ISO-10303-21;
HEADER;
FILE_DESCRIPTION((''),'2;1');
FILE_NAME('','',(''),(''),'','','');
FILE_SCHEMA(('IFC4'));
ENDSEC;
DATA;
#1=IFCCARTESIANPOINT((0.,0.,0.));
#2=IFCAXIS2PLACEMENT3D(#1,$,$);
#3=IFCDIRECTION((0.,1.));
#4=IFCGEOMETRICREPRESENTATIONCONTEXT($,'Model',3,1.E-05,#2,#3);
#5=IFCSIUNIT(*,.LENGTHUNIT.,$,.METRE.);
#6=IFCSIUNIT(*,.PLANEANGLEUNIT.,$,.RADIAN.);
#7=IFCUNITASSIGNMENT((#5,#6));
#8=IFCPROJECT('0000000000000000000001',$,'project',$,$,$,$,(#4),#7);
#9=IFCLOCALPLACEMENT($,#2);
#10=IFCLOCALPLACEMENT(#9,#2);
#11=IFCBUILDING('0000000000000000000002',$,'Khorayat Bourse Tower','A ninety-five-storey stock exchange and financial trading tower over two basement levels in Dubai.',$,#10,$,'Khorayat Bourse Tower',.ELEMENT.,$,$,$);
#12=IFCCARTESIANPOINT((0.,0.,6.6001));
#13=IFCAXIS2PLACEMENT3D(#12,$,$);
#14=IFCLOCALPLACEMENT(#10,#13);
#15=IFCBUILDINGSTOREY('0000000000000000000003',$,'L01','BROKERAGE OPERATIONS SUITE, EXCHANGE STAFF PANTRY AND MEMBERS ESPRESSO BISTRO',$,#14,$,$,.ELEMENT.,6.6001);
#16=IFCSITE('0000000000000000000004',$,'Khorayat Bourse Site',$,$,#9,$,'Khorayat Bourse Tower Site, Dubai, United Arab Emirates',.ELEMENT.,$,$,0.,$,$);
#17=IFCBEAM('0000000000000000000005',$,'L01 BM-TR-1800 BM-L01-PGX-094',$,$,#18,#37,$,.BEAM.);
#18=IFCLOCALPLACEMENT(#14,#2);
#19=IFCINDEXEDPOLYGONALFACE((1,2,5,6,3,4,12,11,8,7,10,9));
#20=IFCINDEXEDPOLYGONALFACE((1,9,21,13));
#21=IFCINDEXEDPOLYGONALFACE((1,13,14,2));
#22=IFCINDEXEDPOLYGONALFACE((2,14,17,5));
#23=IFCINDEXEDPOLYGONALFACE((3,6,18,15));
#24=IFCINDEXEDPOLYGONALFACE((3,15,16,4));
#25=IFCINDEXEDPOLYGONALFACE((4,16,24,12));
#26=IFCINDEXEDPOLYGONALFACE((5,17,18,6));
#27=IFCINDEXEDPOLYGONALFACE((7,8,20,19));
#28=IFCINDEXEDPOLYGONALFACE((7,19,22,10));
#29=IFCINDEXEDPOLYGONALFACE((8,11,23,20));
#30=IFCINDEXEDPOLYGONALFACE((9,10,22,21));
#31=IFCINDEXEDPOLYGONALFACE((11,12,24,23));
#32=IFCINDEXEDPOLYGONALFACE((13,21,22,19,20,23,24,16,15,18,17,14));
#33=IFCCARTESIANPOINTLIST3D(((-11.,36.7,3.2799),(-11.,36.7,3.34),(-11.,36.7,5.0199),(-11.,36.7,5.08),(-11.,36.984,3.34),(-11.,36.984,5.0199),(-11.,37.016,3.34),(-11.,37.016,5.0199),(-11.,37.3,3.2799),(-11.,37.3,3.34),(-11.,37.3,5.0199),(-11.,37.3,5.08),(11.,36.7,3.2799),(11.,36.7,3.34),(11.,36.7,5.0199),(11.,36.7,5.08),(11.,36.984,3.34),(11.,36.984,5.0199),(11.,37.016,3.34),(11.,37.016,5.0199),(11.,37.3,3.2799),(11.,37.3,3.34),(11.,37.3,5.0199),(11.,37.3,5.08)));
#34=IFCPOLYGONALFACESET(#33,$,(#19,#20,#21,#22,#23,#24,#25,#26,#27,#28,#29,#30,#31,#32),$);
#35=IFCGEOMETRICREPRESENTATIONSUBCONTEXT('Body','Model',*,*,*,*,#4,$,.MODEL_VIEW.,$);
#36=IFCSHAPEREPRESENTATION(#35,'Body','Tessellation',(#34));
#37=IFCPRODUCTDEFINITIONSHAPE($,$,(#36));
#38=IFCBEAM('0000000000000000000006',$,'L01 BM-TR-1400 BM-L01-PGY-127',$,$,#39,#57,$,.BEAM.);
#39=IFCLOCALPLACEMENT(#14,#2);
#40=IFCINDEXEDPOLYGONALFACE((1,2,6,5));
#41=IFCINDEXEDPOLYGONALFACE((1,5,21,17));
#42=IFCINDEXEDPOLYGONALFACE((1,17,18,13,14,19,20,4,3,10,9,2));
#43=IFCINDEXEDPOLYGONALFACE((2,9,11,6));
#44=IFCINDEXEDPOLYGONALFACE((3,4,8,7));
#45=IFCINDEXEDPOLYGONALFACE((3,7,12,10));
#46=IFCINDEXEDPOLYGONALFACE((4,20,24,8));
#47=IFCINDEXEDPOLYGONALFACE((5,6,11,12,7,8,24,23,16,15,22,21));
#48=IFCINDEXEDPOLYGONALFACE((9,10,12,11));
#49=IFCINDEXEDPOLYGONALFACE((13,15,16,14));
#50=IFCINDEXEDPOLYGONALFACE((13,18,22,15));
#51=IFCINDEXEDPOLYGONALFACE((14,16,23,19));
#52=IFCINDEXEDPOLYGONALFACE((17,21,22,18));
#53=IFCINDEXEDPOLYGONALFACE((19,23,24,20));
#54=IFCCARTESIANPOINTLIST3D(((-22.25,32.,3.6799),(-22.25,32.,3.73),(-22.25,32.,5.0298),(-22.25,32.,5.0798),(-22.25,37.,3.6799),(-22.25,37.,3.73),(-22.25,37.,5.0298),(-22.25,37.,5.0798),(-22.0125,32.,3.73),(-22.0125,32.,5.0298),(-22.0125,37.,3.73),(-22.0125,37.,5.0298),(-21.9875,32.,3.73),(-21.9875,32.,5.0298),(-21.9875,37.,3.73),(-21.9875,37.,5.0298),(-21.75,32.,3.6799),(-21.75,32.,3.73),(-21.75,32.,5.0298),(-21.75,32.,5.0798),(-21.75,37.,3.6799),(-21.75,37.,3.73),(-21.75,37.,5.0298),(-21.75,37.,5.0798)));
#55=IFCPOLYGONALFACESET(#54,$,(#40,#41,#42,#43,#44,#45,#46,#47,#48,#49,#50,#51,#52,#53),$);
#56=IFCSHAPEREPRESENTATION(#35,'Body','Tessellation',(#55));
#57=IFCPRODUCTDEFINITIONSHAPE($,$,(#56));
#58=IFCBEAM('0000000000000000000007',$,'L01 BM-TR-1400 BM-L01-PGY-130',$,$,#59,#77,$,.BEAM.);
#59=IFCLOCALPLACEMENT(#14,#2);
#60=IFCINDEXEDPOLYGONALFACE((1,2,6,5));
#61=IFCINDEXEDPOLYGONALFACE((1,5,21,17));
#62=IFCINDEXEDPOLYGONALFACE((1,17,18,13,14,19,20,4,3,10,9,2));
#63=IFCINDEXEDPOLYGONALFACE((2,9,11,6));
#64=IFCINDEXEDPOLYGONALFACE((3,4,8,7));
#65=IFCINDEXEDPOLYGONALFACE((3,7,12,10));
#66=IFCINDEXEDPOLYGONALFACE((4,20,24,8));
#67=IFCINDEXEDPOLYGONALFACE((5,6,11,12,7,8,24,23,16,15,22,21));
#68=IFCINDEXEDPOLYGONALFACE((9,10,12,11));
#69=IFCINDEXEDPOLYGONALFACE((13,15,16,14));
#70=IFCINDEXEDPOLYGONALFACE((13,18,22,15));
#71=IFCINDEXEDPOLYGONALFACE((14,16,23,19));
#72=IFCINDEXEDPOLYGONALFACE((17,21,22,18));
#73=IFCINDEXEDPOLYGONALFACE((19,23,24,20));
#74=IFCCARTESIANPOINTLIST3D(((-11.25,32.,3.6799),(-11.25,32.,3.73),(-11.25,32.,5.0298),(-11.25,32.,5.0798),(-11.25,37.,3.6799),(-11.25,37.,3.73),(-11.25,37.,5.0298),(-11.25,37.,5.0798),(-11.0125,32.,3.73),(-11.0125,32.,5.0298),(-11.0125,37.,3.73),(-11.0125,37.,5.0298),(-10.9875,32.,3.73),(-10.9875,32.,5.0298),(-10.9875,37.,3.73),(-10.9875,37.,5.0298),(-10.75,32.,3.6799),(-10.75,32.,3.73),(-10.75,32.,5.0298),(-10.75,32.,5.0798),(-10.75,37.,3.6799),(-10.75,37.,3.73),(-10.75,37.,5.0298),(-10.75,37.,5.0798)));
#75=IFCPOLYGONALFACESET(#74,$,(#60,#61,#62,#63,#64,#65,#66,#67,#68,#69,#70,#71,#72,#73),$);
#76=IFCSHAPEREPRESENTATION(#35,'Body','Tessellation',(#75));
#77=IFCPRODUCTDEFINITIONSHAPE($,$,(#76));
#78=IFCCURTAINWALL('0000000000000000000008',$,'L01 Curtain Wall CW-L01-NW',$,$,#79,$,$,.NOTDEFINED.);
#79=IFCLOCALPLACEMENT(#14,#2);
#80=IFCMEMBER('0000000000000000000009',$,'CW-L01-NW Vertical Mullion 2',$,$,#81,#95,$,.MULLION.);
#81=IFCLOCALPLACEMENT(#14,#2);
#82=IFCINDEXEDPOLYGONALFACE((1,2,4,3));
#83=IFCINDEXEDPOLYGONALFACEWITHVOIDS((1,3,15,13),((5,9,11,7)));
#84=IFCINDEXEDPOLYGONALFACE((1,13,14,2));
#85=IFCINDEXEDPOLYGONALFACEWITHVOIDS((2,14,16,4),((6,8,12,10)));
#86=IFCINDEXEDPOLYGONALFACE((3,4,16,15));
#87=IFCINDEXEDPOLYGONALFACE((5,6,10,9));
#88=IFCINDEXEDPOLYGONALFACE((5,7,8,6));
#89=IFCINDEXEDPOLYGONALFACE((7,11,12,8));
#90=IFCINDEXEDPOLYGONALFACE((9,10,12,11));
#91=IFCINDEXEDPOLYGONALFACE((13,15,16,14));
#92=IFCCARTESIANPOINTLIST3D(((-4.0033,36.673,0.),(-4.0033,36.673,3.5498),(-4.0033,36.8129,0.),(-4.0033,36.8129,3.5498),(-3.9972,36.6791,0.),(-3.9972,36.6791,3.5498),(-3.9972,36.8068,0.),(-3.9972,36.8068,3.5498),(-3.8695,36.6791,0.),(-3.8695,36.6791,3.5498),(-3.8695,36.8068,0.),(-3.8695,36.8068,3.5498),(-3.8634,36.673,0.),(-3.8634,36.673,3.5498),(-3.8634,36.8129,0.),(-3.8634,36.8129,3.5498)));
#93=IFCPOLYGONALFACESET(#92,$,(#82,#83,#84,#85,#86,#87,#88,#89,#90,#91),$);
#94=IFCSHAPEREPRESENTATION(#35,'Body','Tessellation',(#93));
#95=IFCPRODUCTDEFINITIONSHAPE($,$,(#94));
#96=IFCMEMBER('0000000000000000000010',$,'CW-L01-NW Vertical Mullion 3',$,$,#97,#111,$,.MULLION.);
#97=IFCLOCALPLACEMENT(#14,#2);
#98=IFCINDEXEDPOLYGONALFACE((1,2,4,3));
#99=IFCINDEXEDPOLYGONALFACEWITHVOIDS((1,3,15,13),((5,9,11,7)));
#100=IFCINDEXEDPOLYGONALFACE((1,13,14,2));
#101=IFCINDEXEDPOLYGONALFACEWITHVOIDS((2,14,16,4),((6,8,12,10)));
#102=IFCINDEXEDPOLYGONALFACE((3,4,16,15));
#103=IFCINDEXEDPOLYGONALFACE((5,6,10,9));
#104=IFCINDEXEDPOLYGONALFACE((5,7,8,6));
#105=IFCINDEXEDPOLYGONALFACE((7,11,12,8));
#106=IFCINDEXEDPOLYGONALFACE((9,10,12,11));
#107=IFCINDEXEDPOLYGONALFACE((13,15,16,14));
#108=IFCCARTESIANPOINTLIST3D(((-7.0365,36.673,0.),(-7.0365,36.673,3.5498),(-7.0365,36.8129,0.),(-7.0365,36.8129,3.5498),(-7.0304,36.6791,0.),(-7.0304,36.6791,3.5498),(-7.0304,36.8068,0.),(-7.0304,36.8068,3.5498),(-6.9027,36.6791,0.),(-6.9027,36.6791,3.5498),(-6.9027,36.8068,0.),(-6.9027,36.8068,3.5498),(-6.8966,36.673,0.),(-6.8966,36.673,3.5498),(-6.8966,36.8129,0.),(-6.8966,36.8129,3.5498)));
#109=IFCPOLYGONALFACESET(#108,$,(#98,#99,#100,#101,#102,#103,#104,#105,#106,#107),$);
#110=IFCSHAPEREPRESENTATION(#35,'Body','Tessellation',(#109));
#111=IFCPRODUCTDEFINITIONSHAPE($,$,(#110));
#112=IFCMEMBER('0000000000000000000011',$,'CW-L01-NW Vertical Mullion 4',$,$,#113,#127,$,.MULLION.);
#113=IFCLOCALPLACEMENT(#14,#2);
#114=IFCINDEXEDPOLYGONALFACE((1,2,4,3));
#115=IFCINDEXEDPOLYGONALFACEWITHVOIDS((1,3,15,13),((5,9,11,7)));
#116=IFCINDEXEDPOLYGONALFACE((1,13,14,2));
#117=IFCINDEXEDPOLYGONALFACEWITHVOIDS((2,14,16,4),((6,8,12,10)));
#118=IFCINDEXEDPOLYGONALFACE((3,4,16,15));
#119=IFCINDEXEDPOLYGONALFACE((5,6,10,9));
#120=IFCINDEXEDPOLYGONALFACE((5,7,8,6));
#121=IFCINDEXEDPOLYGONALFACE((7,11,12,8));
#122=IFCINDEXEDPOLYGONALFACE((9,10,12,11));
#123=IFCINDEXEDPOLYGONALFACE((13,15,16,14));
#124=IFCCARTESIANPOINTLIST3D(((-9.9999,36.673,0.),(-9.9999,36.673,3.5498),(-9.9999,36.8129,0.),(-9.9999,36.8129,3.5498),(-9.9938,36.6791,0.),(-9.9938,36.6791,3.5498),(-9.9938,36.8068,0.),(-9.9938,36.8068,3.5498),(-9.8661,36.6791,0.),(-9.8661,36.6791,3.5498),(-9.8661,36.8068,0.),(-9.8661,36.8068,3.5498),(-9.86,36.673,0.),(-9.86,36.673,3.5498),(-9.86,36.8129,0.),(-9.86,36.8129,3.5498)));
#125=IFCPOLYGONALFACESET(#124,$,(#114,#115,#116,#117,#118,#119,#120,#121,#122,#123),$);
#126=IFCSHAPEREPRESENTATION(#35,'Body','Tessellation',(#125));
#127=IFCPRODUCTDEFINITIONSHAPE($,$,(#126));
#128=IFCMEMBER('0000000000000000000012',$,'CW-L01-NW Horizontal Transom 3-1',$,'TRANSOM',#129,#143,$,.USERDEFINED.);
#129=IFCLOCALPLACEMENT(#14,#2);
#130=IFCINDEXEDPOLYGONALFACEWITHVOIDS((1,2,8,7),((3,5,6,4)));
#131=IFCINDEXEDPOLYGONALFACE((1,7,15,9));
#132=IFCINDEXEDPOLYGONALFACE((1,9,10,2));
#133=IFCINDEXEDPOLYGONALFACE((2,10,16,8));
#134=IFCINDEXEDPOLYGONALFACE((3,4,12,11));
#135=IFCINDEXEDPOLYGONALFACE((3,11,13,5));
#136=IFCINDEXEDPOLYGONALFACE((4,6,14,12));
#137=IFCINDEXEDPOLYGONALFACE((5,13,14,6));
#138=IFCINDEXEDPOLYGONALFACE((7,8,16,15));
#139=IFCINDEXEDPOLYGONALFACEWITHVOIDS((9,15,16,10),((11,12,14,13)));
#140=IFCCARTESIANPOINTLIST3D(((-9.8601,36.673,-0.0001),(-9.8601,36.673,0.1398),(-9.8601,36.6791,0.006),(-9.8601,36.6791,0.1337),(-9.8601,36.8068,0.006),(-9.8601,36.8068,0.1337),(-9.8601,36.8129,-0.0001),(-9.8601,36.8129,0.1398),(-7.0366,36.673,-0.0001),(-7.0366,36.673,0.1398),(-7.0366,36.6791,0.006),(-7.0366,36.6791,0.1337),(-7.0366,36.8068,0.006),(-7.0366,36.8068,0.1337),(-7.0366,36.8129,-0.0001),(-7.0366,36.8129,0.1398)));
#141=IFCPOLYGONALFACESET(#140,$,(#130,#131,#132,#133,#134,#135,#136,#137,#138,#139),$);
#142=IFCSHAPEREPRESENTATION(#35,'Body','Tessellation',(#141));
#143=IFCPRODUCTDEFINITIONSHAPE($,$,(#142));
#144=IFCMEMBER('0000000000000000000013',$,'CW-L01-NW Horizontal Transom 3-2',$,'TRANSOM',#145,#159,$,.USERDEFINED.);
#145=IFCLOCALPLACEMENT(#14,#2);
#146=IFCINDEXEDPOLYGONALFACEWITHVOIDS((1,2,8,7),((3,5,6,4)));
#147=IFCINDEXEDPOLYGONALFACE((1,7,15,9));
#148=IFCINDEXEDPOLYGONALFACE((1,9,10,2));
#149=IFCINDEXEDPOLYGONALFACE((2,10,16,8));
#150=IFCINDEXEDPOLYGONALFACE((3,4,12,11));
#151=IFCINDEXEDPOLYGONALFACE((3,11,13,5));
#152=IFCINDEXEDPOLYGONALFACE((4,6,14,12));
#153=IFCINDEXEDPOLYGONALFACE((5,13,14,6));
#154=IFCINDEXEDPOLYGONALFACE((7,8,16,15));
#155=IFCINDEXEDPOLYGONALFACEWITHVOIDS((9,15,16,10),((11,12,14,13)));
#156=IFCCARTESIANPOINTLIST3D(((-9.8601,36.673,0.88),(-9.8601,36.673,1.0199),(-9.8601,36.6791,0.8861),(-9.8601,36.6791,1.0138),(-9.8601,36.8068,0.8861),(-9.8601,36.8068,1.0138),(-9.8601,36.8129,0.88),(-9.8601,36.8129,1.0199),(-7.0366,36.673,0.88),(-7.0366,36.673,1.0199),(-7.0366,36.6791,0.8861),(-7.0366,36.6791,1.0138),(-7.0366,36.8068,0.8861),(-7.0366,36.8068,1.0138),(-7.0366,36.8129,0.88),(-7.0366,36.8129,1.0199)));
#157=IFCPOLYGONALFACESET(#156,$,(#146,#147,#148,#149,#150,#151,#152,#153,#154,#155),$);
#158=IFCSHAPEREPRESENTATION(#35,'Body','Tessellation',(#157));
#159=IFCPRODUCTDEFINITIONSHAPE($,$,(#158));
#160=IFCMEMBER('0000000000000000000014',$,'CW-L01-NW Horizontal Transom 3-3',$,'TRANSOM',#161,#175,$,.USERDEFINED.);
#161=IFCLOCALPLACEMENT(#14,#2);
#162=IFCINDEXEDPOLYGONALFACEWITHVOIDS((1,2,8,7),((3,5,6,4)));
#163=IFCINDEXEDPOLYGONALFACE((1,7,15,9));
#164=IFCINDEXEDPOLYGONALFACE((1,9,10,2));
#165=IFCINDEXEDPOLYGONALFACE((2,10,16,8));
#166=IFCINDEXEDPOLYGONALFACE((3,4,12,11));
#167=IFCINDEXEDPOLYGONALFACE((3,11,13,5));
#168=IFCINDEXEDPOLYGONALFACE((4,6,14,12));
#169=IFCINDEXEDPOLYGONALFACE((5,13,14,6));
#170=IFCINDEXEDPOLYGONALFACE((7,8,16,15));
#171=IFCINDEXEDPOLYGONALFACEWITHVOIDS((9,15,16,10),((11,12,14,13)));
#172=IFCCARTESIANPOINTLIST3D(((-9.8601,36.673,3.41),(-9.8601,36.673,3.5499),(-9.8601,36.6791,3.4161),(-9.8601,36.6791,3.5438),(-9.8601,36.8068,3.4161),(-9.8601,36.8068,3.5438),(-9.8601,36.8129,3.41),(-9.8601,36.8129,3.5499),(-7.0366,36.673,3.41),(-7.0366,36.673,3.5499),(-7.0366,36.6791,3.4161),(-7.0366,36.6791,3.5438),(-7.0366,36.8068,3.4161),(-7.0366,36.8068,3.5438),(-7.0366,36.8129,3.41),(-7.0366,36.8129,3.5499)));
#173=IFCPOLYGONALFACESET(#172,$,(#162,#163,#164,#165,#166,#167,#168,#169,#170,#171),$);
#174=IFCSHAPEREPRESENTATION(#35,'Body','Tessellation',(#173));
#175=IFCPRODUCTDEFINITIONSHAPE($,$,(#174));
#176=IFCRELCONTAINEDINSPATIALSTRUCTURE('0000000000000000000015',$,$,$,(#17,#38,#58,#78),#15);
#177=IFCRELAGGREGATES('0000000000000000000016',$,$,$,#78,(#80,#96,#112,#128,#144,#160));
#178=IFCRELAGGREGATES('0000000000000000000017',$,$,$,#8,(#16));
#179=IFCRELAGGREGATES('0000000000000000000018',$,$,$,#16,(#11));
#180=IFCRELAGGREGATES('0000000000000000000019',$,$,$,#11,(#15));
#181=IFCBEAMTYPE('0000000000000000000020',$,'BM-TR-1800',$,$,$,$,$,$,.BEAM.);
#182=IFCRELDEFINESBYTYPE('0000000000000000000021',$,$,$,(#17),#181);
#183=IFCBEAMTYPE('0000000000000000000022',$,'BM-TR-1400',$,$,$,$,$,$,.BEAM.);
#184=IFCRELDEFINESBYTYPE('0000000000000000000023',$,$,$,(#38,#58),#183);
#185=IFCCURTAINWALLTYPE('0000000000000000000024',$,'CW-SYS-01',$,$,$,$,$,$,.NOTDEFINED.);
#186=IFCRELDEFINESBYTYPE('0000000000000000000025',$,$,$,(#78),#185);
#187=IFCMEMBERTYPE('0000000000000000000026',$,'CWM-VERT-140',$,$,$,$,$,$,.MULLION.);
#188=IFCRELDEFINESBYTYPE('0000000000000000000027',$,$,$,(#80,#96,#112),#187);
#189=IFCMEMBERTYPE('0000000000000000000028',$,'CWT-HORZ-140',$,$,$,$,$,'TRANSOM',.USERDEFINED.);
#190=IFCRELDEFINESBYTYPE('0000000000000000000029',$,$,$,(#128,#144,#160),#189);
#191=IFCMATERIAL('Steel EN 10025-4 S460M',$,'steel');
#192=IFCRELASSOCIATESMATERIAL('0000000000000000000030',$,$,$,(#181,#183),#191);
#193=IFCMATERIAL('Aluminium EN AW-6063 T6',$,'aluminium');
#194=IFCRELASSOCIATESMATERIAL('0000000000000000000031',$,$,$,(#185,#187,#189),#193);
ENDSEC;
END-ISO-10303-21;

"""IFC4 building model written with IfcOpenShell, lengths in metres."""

from ifc_helpers import new_model, si_unit, direction, frame, origin, origin_2d, place, context, subcontext, project, spatial, hollow_rectangle, i_section, extrude, source, transform, mapped, material, material_profile, profile_set, type_object, element, aggregate, save


model = new_model("IFC4")

# Units and contexts
model_context = context("Model", 3, precision=1e-05, world=origin(), true_north=direction((0.0, 1.0)))
body_context = subcontext(model_context, "Body", "Model", "MODEL_VIEW")
ifc_project = project(units=[si_unit("LENGTHUNIT", "METRE"), si_unit("PLANEANGLEUNIT", "RADIAN")], contexts=[model_context])

# Site, building, storey
site_placement = place(None, origin())
site = spatial("IfcSite", under=ifc_project, at=site_placement, Name="Khorayat Bourse Site", LongName="Khorayat Bourse Tower Site, Dubai, United Arab Emirates", CompositionType="ELEMENT", RefElevation=0.0)
building_placement = place(site_placement, origin())
building = spatial("IfcBuilding", under=site, at=building_placement, Name="Khorayat Bourse Tower", Description="A ninety-five-storey stock exchange and financial trading tower over two basement levels in Dubai.", LongName="Khorayat Bourse Tower", CompositionType="ELEMENT")
storey_placement = place(building_placement, frame((0.0, 0.0, 6.6001)))
storey = spatial("IfcBuildingStorey", under=building, at=storey_placement, Name="L01", Description="BROKERAGE OPERATIONS SUITE, EXCHANGE STAFF PANTRY AND MEMBERS ESPRESSO BISTRO", CompositionType="ELEMENT", Elevation=6.6001)

# Beams
ifc_material_1 = material(Name="Steel EN 10025-4 S460M", Category="steel")
ifc_material_profile_1 = material_profile(ifc_material_1, i_section(OverallWidth=0.6001, OverallDepth=1.8, WebThickness=0.032, FlangeThickness=0.0601, at=origin_2d()), Name="PG 1800x600x32x60")
ifc_profile_set_1 = profile_set([ifc_material_profile_1], Name="Steel EN 10025-4 S460M")
beam_type_1 = type_object("IfcBeamType", Name="BM-TR-1800", PredefinedType="BEAM", material=ifc_profile_set_1)
shared_shape_1 = source(origin(), body_context, "Body", "SweptSolid", [
    extrude(i_section(OverallWidth=0.6001, OverallDepth=1.8, WebThickness=0.032, FlangeThickness=0.0601, at=origin_2d()), origin(), (0.0, 0.0, 1.0), 22.0),
])
beam_1_placement = place(storey_placement, frame((-11.0, 37.0, 4.1799), z_axis=(1.0, 0.0, 0.0), x_axis=(0.0, 1.0, 0.0)))
element("IfcBeam", 1, at=beam_1_placement, inside=storey, type_object=beam_type_1, Name="L01 BM-TR-1800 BM-L01-PGX-094", PredefinedType="BEAM", context=body_context, shape_type="MappedRepresentation", body=[
    mapped(shared_shape_1, transform((0.0, 0.0, 0.0), scale=1.0)),
])
ifc_material_profile_2 = material_profile(ifc_material_1, i_section(OverallWidth=0.5, OverallDepth=1.3999, WebThickness=0.0249, FlangeThickness=0.05, at=origin_2d()), Name="PG 1400x500x25x50")
ifc_profile_set_2 = profile_set([ifc_material_profile_2], Name="Steel EN 10025-4 S460M")
beam_type_2 = type_object("IfcBeamType", Name="BM-TR-1400", PredefinedType="BEAM", material=ifc_profile_set_2)
shared_shape_2 = source(origin(), body_context, "Body", "SweptSolid", [
    extrude(i_section(OverallWidth=0.5, OverallDepth=1.3999, WebThickness=0.0249, FlangeThickness=0.05, at=origin_2d()), origin(), (0.0, 0.0, 1.0), 5.0),
])
for number, where, z_axis, x_axis, name in (
    (2, (-22.0, 32.0, 4.3799), (0.0, 1.0, 0.0), (-1.0, 0.0, 0.0), "L01 BM-TR-1400 BM-L01-PGY-127"),
    (3, (-11.0, 32.0, 4.3799), (0.0, 1.0, 0.0), (-1.0, 0.0, 0.0), "L01 BM-TR-1400 BM-L01-PGY-130"),
):
    element("IfcBeam", number, at=place(storey_placement, frame(where, z_axis=z_axis, x_axis=x_axis)), inside=storey, type_object=beam_type_2, Name=name, PredefinedType="BEAM", context=body_context, shape_type="MappedRepresentation", body=[
        mapped(shared_shape_2, transform((0.0, 0.0, 0.0), scale=1.0)),
    ])

# Curtain wall, members
ifc_material_2 = material(Name="Aluminium EN AW-6063 T6", Category="aluminium")
curtain_wall_type = type_object("IfcCurtainWallType", Name="CW-SYS-01", PredefinedType="NOTDEFINED", material=ifc_material_2)
curtain_wall_placement = place(storey_placement, origin())
curtain_wall = element("IfcCurtainWall", 4, at=curtain_wall_placement, inside=storey, type_object=curtain_wall_type, Name="L01 Curtain Wall CW-L01-NW", PredefinedType="NOTDEFINED")
ifc_material_profile_3 = material_profile(ifc_material_2, hollow_rectangle(XDim=0.1399, YDim=0.1399, WallThickness=0.0061, at=origin_2d()), Name="ALU 140x140x6")
ifc_profile_set_3 = profile_set([ifc_material_profile_3], Name="Aluminium EN AW-6063 T6")
member_type_1 = type_object("IfcMemberType", Name="CWM-VERT-140", PredefinedType="MULLION", material=ifc_profile_set_3)
shared_shape_3 = source(origin(), body_context, "Body", "SweptSolid", [
    extrude(hollow_rectangle(XDim=0.1399, YDim=0.1399, WallThickness=0.0061, at=origin_2d()), origin(), (0.0, 0.0, 1.0), 3.5498),
])
member_1_placement = place(storey_placement, frame((-3.9333, 36.7429, 0.0), z_axis=(0.0, 0.0, 1.0), x_axis=(0.0, -1.0, 0.0)))
member_1 = element("IfcMember", 5, at=member_1_placement, type_object=member_type_1, Name="CW-L01-NW Vertical Mullion 2", PredefinedType="MULLION", context=body_context, shape_type="MappedRepresentation", body=[
    mapped(shared_shape_3, transform((0.0, 0.0, 0.0), scale=1.0)),
])
member_2_placement = place(storey_placement, frame((-6.9666, 36.7429, 0.0), z_axis=(0.0, 0.0, 1.0), x_axis=(0.0, -1.0, 0.0)))
member_2 = element("IfcMember", 6, at=member_2_placement, type_object=member_type_1, Name="CW-L01-NW Vertical Mullion 3", PredefinedType="MULLION", context=body_context, shape_type="MappedRepresentation", body=[
    mapped(shared_shape_3, transform((0.0, 0.0, 0.0), scale=1.0)),
])
member_3_placement = place(storey_placement, frame((-9.9299, 36.7429, 0.0), z_axis=(0.0, 0.0, 1.0), x_axis=(0.0, -1.0, 0.0)))
member_3 = element("IfcMember", 7, at=member_3_placement, type_object=member_type_1, Name="CW-L01-NW Vertical Mullion 4", PredefinedType="MULLION", context=body_context, shape_type="MappedRepresentation", body=[
    mapped(shared_shape_3, transform((0.0, 0.0, 0.0), scale=1.0)),
])
ifc_material_profile_4 = material_profile(ifc_material_2, hollow_rectangle(XDim=0.1399, YDim=0.1399, WallThickness=0.0061, at=origin_2d()), Name="ALU 140x140x6")
ifc_profile_set_4 = profile_set([ifc_material_profile_4], Name="Aluminium EN AW-6063 T6")
member_type_2 = type_object("IfcMemberType", Name="CWT-HORZ-140", ElementType="TRANSOM", PredefinedType="USERDEFINED", material=ifc_profile_set_4)
shared_shape_4 = source(origin(), body_context, "Body", "SweptSolid", [
    extrude(hollow_rectangle(XDim=0.1399, YDim=0.1399, WallThickness=0.0061, at=origin_2d()), origin(), (0.0, 0.0, 1.0), 2.8235),
])
member_4_placement = place(storey_placement, frame((-7.0366, 36.7429, 0.0698), z_axis=(-1.0, 0.0, 0.0), x_axis=(0.0, -1.0, 0.0)))
member_4 = element("IfcMember", 8, at=member_4_placement, type_object=member_type_2, Name="CW-L01-NW Horizontal Transom 3-1", ObjectType="TRANSOM", PredefinedType="USERDEFINED", context=body_context, shape_type="MappedRepresentation", body=[
    mapped(shared_shape_4, transform((0.0, 0.0, 0.0), scale=1.0)),
])
member_5_placement = place(storey_placement, frame((-7.0366, 36.7429, 0.95), z_axis=(-1.0, 0.0, 0.0), x_axis=(0.0, -1.0, 0.0)))
member_5 = element("IfcMember", 9, at=member_5_placement, type_object=member_type_2, Name="CW-L01-NW Horizontal Transom 3-2", ObjectType="TRANSOM", PredefinedType="USERDEFINED", context=body_context, shape_type="MappedRepresentation", body=[
    mapped(shared_shape_4, transform((0.0, 0.0, 0.0), scale=1.0)),
])
member_6_placement = place(storey_placement, frame((-7.0366, 36.7429, 3.48), z_axis=(-1.0, 0.0, 0.0), x_axis=(0.0, -1.0, 0.0)))
member_6 = element("IfcMember", 10, at=member_6_placement, type_object=member_type_2, Name="CW-L01-NW Horizontal Transom 3-3", ObjectType="TRANSOM", PredefinedType="USERDEFINED", context=body_context, shape_type="MappedRepresentation", body=[
    mapped(shared_shape_4, transform((0.0, 0.0, 0.0), scale=1.0)),
])
aggregate(curtain_wall, [member_1, member_2, member_3, member_4, member_5, member_6])

save(model, "model.ifc")
